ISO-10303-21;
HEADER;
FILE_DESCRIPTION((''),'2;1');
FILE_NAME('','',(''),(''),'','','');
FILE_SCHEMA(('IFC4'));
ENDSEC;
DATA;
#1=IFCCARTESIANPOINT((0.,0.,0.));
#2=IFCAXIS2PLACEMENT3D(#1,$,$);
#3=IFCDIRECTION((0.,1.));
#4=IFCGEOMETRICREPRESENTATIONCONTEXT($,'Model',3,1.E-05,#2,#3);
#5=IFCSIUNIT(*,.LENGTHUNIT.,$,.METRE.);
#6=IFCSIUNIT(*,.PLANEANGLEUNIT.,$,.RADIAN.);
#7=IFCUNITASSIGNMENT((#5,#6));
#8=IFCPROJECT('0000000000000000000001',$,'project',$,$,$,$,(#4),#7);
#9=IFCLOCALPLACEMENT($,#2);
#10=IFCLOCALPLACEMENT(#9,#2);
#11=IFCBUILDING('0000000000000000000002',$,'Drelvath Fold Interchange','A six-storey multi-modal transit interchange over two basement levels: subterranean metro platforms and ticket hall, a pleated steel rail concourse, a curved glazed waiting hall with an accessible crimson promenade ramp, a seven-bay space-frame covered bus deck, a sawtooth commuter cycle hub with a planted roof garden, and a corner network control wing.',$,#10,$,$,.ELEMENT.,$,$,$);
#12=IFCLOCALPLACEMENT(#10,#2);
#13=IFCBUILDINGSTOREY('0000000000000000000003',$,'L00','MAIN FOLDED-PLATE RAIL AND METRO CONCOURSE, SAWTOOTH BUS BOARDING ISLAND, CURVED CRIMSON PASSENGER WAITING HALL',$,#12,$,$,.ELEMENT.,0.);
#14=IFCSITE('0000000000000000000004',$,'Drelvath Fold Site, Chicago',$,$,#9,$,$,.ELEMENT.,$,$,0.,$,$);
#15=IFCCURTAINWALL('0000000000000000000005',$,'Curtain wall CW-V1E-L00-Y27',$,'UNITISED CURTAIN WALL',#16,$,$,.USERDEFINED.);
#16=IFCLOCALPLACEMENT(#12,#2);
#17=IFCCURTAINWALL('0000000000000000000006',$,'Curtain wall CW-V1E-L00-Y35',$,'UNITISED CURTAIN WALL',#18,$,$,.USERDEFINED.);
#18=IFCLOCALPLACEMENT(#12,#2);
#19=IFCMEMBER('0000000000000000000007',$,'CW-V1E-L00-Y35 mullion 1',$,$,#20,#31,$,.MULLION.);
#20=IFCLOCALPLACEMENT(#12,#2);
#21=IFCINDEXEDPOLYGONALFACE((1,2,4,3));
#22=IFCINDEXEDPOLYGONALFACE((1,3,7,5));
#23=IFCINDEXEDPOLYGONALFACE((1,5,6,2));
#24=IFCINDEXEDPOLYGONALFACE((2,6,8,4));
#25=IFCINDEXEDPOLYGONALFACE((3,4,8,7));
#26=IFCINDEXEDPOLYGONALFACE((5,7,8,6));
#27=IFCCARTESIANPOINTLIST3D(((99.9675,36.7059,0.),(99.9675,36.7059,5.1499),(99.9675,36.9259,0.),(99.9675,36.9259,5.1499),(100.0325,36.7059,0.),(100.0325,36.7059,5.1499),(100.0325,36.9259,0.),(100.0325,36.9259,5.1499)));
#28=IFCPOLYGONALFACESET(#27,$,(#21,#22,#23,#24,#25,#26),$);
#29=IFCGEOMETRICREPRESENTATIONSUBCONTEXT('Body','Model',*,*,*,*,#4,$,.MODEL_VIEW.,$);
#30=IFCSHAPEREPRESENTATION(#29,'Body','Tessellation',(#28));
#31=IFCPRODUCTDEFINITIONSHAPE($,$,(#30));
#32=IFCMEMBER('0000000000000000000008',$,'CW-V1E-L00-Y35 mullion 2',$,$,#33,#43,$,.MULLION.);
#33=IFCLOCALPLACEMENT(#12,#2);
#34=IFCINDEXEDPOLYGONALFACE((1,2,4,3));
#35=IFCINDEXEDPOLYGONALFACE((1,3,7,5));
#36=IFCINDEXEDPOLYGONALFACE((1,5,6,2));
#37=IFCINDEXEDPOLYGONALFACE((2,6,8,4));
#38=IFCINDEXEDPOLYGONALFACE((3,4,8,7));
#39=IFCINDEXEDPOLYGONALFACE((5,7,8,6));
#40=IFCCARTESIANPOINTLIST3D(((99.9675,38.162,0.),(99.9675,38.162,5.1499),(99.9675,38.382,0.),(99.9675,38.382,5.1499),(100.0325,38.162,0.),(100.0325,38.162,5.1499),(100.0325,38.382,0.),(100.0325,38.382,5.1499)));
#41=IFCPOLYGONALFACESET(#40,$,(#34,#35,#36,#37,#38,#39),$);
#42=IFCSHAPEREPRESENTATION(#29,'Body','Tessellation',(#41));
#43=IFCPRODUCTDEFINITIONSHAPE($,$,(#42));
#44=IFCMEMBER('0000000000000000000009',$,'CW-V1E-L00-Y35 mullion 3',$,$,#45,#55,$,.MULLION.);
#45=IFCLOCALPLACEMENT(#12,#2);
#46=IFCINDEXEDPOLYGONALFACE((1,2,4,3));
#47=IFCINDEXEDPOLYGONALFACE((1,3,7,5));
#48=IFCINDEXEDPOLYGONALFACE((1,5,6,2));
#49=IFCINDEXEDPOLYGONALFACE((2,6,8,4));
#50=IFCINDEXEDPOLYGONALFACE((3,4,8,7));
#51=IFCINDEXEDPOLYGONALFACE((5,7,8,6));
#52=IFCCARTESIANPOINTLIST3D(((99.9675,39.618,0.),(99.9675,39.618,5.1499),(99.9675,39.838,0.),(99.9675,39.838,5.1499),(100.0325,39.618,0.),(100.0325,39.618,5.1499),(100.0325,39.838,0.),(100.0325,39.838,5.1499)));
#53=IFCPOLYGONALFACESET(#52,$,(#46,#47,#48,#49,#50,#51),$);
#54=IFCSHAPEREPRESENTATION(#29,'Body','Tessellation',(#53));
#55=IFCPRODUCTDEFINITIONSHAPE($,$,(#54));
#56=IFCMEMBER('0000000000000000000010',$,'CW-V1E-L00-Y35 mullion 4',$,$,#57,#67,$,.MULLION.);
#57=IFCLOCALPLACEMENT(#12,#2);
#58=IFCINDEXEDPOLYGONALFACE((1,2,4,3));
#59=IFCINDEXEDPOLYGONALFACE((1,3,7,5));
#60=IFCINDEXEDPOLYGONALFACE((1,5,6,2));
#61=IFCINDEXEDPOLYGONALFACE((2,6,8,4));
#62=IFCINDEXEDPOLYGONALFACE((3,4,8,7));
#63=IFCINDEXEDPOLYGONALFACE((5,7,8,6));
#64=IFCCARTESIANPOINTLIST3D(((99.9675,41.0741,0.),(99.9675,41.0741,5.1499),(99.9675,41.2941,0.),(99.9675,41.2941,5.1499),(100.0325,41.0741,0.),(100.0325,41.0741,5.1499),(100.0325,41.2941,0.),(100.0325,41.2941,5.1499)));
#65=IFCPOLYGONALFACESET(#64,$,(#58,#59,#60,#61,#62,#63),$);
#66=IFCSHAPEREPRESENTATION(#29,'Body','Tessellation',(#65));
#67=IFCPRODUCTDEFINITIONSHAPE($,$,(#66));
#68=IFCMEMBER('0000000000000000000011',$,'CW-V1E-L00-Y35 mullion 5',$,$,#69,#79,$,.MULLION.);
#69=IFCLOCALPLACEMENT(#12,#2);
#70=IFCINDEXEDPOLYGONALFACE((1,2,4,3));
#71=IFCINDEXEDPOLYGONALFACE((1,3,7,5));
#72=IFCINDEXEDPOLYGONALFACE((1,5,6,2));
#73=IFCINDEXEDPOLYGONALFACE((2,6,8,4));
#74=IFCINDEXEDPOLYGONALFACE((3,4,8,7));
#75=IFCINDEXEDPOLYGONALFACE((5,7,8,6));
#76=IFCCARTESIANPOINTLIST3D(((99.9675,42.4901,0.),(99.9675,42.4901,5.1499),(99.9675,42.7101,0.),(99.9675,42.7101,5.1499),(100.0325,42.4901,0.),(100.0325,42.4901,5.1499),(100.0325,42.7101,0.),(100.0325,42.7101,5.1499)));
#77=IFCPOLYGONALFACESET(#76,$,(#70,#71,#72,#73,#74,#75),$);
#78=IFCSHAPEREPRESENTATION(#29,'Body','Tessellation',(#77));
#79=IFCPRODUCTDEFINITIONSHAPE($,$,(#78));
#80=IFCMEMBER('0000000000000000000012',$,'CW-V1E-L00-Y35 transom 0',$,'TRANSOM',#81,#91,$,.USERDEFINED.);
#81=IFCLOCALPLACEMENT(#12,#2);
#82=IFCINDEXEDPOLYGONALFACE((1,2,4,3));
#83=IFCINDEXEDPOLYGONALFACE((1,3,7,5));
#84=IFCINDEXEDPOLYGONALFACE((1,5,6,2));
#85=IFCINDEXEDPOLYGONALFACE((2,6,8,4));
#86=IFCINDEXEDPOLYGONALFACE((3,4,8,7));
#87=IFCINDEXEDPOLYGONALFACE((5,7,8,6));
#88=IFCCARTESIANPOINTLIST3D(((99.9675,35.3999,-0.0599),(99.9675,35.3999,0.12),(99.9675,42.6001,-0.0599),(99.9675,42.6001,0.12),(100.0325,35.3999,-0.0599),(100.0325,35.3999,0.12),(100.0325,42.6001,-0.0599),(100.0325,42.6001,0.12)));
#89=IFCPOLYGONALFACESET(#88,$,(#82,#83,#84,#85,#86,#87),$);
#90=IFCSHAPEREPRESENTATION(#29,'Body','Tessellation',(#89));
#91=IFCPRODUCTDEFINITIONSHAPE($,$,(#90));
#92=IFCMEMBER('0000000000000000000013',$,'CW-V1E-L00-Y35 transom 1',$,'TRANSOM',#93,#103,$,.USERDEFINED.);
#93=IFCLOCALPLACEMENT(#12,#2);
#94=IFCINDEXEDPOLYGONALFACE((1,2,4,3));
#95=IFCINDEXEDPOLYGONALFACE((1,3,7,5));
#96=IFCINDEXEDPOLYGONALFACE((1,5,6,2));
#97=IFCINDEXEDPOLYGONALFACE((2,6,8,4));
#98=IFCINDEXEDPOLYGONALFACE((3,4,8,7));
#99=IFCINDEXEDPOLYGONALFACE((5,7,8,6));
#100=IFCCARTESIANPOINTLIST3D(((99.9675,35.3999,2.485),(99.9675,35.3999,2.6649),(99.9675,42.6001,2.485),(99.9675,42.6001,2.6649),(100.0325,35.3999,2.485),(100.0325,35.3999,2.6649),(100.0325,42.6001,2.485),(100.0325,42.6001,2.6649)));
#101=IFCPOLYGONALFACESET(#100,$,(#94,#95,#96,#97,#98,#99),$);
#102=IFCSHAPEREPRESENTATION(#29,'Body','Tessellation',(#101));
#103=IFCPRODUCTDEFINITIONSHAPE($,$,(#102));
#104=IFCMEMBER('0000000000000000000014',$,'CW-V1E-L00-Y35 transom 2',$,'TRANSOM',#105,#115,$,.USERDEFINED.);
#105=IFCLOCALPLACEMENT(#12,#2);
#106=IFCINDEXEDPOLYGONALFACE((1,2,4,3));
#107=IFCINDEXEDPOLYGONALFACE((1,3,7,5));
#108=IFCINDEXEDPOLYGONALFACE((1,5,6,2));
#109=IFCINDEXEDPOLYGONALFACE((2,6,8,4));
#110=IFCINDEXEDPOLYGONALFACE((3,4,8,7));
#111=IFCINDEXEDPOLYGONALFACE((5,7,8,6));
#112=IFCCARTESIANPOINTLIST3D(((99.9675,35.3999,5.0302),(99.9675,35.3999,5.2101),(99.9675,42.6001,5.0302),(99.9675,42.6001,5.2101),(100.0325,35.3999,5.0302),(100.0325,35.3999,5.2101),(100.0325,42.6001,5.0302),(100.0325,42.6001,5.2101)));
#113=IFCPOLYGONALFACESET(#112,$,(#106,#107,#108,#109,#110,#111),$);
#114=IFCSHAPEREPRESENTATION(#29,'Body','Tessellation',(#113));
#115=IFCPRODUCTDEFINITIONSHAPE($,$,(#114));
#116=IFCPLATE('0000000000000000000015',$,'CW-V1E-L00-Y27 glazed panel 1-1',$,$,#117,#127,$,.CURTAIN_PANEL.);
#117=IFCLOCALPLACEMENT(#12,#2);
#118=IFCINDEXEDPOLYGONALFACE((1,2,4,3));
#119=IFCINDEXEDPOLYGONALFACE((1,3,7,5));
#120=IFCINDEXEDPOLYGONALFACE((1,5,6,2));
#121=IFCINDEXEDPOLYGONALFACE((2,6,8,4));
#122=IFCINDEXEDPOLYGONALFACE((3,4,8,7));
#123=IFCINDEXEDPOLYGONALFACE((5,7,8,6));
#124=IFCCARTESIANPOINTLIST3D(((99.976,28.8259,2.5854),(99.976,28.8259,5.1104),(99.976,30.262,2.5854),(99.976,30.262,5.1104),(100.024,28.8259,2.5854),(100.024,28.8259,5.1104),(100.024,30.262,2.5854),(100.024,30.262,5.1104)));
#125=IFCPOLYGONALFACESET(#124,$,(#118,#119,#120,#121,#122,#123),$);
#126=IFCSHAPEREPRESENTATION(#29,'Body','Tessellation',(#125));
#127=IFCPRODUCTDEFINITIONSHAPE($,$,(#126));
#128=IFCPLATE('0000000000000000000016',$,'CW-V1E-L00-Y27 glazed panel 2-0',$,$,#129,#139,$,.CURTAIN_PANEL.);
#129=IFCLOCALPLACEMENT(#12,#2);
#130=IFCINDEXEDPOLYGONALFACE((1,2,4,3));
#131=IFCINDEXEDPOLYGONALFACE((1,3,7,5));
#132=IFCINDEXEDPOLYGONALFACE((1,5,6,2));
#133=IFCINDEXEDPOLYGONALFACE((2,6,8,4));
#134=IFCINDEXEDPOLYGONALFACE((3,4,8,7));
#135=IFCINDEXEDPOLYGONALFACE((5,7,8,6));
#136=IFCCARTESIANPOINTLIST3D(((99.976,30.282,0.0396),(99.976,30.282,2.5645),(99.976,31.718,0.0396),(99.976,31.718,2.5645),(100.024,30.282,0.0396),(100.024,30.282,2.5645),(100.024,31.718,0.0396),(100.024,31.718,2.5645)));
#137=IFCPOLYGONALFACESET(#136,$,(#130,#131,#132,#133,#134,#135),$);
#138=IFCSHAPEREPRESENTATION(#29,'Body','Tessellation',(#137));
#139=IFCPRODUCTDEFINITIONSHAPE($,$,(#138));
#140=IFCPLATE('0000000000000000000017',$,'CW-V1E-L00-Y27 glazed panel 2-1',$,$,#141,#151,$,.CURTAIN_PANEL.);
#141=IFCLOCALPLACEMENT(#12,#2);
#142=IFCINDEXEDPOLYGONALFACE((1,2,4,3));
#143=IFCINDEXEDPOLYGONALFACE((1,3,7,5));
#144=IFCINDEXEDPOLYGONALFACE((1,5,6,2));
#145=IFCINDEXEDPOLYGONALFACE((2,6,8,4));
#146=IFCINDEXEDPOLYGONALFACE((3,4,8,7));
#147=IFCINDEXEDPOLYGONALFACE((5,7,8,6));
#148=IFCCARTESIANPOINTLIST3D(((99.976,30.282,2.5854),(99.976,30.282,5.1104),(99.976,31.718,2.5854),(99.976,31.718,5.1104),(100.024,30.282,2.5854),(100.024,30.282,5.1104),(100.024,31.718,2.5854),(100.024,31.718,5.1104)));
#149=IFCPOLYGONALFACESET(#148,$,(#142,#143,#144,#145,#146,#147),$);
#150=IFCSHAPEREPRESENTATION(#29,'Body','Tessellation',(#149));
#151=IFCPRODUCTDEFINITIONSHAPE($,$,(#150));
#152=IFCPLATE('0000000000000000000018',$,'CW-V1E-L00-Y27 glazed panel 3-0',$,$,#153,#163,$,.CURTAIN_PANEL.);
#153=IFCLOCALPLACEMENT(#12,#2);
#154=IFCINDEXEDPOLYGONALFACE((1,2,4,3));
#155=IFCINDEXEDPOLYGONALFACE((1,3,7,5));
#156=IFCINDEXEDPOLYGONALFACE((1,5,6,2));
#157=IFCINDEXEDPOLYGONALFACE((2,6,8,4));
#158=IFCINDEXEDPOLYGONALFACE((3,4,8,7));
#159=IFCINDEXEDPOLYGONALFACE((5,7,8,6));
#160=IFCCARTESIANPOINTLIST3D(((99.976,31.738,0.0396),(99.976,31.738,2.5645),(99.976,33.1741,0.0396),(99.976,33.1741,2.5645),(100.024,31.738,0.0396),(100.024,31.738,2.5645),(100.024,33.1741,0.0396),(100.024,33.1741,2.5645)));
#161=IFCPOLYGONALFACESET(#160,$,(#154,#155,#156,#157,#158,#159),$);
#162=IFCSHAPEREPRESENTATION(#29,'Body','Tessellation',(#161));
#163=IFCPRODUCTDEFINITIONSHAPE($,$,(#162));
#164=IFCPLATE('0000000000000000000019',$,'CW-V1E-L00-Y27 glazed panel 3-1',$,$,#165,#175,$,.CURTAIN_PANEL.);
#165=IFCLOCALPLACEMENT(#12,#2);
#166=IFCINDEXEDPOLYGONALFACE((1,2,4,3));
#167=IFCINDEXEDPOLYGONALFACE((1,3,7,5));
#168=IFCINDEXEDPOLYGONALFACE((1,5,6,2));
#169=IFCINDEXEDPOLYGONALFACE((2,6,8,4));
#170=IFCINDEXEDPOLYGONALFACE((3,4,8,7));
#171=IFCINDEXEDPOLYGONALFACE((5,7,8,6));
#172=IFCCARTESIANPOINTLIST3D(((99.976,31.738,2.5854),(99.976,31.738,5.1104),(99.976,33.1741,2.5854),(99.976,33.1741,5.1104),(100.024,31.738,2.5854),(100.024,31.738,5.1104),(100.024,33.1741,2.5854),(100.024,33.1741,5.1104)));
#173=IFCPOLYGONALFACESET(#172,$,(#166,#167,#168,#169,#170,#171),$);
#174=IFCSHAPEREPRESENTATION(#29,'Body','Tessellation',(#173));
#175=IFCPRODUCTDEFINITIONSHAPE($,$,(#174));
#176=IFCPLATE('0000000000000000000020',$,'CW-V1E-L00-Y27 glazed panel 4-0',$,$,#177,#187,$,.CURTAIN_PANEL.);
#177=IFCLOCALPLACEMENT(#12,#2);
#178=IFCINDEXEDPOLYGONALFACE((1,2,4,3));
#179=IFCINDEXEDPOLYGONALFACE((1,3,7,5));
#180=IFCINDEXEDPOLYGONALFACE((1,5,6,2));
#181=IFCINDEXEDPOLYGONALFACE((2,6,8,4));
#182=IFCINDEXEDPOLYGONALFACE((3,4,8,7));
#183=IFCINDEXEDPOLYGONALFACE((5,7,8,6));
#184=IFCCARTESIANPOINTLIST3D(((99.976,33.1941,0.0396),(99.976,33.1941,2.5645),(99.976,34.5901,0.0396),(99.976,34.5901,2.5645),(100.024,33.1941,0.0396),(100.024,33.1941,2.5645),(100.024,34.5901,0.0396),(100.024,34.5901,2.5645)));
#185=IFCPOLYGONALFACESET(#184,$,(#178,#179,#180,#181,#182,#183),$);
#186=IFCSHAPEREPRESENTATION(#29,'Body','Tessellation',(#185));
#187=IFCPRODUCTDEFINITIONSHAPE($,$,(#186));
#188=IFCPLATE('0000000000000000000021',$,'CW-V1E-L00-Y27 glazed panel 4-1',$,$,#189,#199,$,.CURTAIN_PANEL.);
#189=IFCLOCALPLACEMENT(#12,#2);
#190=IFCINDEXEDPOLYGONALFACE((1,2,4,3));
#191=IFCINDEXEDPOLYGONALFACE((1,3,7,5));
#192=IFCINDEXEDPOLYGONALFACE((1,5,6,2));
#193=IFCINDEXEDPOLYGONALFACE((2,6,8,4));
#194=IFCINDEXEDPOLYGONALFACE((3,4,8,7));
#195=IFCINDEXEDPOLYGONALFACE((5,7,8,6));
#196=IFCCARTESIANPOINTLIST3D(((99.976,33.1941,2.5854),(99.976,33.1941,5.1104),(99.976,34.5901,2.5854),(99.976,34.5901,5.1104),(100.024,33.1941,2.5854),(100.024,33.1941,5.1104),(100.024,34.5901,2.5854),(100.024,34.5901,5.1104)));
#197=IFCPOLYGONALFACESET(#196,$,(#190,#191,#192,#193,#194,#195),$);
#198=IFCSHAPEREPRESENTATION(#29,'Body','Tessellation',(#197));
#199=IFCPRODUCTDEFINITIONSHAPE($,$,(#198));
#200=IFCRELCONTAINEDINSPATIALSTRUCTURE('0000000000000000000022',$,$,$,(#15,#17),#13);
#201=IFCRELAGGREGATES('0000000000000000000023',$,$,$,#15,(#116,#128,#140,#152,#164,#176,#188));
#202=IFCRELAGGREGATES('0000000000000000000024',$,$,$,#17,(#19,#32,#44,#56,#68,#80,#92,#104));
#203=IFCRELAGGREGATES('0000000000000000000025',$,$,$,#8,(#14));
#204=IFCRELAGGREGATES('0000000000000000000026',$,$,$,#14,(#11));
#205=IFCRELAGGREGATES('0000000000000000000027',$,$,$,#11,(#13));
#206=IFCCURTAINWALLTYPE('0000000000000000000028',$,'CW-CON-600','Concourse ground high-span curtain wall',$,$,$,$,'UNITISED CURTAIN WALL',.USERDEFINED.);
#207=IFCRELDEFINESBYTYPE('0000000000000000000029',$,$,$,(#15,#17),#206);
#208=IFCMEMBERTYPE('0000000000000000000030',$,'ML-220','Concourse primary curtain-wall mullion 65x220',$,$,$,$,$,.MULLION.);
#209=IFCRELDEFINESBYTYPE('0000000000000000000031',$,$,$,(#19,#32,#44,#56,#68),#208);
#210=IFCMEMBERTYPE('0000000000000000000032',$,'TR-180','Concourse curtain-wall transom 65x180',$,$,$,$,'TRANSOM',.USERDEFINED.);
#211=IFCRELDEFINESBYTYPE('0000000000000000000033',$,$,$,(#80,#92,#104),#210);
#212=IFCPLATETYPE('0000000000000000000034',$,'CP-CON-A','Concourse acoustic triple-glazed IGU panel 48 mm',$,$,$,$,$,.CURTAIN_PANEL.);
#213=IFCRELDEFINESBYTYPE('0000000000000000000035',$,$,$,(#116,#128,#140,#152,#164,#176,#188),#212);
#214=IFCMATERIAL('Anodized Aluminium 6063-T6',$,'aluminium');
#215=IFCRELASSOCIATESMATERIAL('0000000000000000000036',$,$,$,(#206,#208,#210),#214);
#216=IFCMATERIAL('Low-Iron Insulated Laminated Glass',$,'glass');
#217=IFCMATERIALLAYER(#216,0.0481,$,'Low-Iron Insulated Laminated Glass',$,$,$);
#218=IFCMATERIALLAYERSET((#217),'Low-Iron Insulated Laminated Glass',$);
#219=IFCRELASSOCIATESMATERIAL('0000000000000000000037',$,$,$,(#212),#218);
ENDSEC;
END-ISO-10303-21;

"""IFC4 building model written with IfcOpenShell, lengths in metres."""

from ifc_helpers import new_model, si_unit, direction, frame, origin, origin_2d, place, context, subcontext, project, spatial, rectangle, extrude, material, layer, layer_set, material_profile, profile_set, type_object, element, aggregate, save


model = new_model("IFC4")

# Units and contexts
model_context = context("Model", 3, precision=1e-05, world=origin(), true_north=direction((0.0, 1.0)))
body_context = subcontext(model_context, "Body", "Model", "MODEL_VIEW")
ifc_project = project(units=[si_unit("LENGTHUNIT", "METRE"), si_unit("PLANEANGLEUNIT", "RADIAN")], contexts=[model_context])

# Site, building, storey
site_placement = place(None, origin())
site = spatial("IfcSite", under=ifc_project, at=site_placement, Name="Drelvath Fold Site, Chicago", CompositionType="ELEMENT", RefElevation=0.0)
building_placement = place(site_placement, origin())
building = spatial("IfcBuilding", under=site, at=building_placement, Name="Drelvath Fold Interchange", Description="A six-storey multi-modal transit interchange over two basement levels: subterranean metro platforms and ticket hall, a pleated steel rail concourse, a curved glazed waiting hall with an accessible crimson promenade ramp, a seven-bay space-frame covered bus deck, a sawtooth commuter cycle hub with a planted roof garden, and a corner network control wing.", CompositionType="ELEMENT")
storey_placement = place(building_placement, origin())
storey = spatial("IfcBuildingStorey", under=building, at=storey_placement, Name="L00", Description="MAIN FOLDED-PLATE RAIL AND METRO CONCOURSE, SAWTOOTH BUS BOARDING ISLAND, CURVED CRIMSON PASSENGER WAITING HALL", CompositionType="ELEMENT", Elevation=0.0)

# Curtain walls, members
ifc_material_1 = material(Name="Anodized Aluminium 6063-T6", Category="aluminium")
curtain_wall_type = type_object("IfcCurtainWallType", Name="CW-CON-600", Description="Concourse ground high-span curtain wall", ElementType="UNITISED CURTAIN WALL", PredefinedType="USERDEFINED", material=ifc_material_1)
curtain_wall_1_placement = place(storey_placement, origin())
curtain_wall_1 = element("IfcCurtainWall", 1, at=curtain_wall_1_placement, inside=storey, type_object=curtain_wall_type, Name="Curtain wall CW-V1E-L00-Y27", ObjectType="UNITISED CURTAIN WALL", PredefinedType="USERDEFINED")
ifc_material_profile_1 = material_profile(ifc_material_1, rectangle(XDim=0.0649, YDim=0.22, at=origin_2d()), Name="AL-M 65x220")
ifc_profile_set_1 = profile_set([ifc_material_profile_1], Name="Anodized Aluminium 6063-T6")
member_type_1 = type_object("IfcMemberType", Name="ML-220", Description="Concourse primary curtain-wall mullion 65x220", PredefinedType="MULLION", material=ifc_profile_set_1)
curtain_wall_2_placement = place(storey_placement, origin())
curtain_wall_2 = element("IfcCurtainWall", 2, at=curtain_wall_2_placement, inside=storey, type_object=curtain_wall_type, Name="Curtain wall CW-V1E-L00-Y35", ObjectType="UNITISED CURTAIN WALL", PredefinedType="USERDEFINED")
member_1_placement = place(storey_placement, frame((100.0, 36.8159, 0.0), z_axis=(0.0, 0.0, 1.0), x_axis=(1.0, 0.0, 0.0)))
member_1 = element("IfcMember", 3, at=member_1_placement, type_object=member_type_1, Name="CW-V1E-L00-Y35 mullion 1", PredefinedType="MULLION", context=body_context, shape_type="SweptSolid", body=[
    extrude(rectangle(XDim=0.0649, YDim=0.22, at=origin_2d()), origin(), (0.0, 0.0, 1.0), 5.1499),
])
member_2_placement = place(storey_placement, frame((100.0, 38.272, 0.0), z_axis=(0.0, 0.0, 1.0), x_axis=(1.0, 0.0, 0.0)))
member_2 = element("IfcMember", 4, at=member_2_placement, type_object=member_type_1, Name="CW-V1E-L00-Y35 mullion 2", PredefinedType="MULLION", context=body_context, shape_type="SweptSolid", body=[
    extrude(rectangle(XDim=0.0649, YDim=0.22, at=origin_2d()), origin(), (0.0, 0.0, 1.0), 5.1499),
])
member_3_placement = place(storey_placement, frame((100.0, 39.728, 0.0), z_axis=(0.0, 0.0, 1.0), x_axis=(1.0, 0.0, 0.0)))
member_3 = element("IfcMember", 5, at=member_3_placement, type_object=member_type_1, Name="CW-V1E-L00-Y35 mullion 3", PredefinedType="MULLION", context=body_context, shape_type="SweptSolid", body=[
    extrude(rectangle(XDim=0.0649, YDim=0.22, at=origin_2d()), origin(), (0.0, 0.0, 1.0), 5.1499),
])
member_4_placement = place(storey_placement, frame((100.0, 41.1841, 0.0), z_axis=(0.0, 0.0, 1.0), x_axis=(1.0, 0.0, 0.0)))
member_4 = element("IfcMember", 6, at=member_4_placement, type_object=member_type_1, Name="CW-V1E-L00-Y35 mullion 4", PredefinedType="MULLION", context=body_context, shape_type="SweptSolid", body=[
    extrude(rectangle(XDim=0.0649, YDim=0.22, at=origin_2d()), origin(), (0.0, 0.0, 1.0), 5.1499),
])
member_5_placement = place(storey_placement, frame((100.0, 42.6001, 0.0), z_axis=(0.0, 0.0, 1.0), x_axis=(1.0, 0.0, 0.0)))
member_5 = element("IfcMember", 7, at=member_5_placement, type_object=member_type_1, Name="CW-V1E-L00-Y35 mullion 5", PredefinedType="MULLION", context=body_context, shape_type="SweptSolid", body=[
    extrude(rectangle(XDim=0.0649, YDim=0.22, at=origin_2d()), origin(), (0.0, 0.0, 1.0), 5.1499),
])
ifc_material_profile_2 = material_profile(ifc_material_1, rectangle(XDim=0.0649, YDim=0.1799, at=origin_2d()), Name="AL-T 65x180")
ifc_profile_set_2 = profile_set([ifc_material_profile_2], Name="Anodized Aluminium 6063-T6")
member_type_2 = type_object("IfcMemberType", Name="TR-180", Description="Concourse curtain-wall transom 65x180", ElementType="TRANSOM", PredefinedType="USERDEFINED", material=ifc_profile_set_2)
member_6_placement = place(storey_placement, frame((100.0, 35.3999, 0.03), z_axis=(0.0, 1.0, 0.0), x_axis=(-1.0, 0.0, 0.0)))
member_6 = element("IfcMember", 8, at=member_6_placement, type_object=member_type_2, Name="CW-V1E-L00-Y35 transom 0", ObjectType="TRANSOM", PredefinedType="USERDEFINED", context=body_context, shape_type="SweptSolid", body=[
    extrude(rectangle(XDim=0.0649, YDim=0.1799, at=origin_2d()), origin(), (0.0, 0.0, 1.0), 7.2002),
])
member_7_placement = place(storey_placement, frame((100.0, 35.3999, 2.575), z_axis=(0.0, 1.0, 0.0), x_axis=(-1.0, 0.0, 0.0)))
member_7 = element("IfcMember", 9, at=member_7_placement, type_object=member_type_2, Name="CW-V1E-L00-Y35 transom 1", ObjectType="TRANSOM", PredefinedType="USERDEFINED", context=body_context, shape_type="SweptSolid", body=[
    extrude(rectangle(XDim=0.0649, YDim=0.1799, at=origin_2d()), origin(), (0.0, 0.0, 1.0), 7.2002),
])
member_8_placement = place(storey_placement, frame((100.0, 35.3999, 5.1201), z_axis=(0.0, 1.0, 0.0), x_axis=(-1.0, 0.0, 0.0)))
member_8 = element("IfcMember", 10, at=member_8_placement, type_object=member_type_2, Name="CW-V1E-L00-Y35 transom 2", ObjectType="TRANSOM", PredefinedType="USERDEFINED", context=body_context, shape_type="SweptSolid", body=[
    extrude(rectangle(XDim=0.0649, YDim=0.1799, at=origin_2d()), origin(), (0.0, 0.0, 1.0), 7.2002),
])

# Plates
ifc_material_2 = material(Name="Low-Iron Insulated Laminated Glass", Category="glass")
ifc_layer = layer(ifc_material_2, 0.0481, Name="Low-Iron Insulated Laminated Glass")
ifc_layer_set = layer_set([ifc_layer], Name="Low-Iron Insulated Laminated Glass")
plate_type = type_object("IfcPlateType", Name="CP-CON-A", Description="Concourse acoustic triple-glazed IGU panel 48 mm", PredefinedType="CURTAIN_PANEL", material=ifc_layer_set)
plate_1_placement = place(storey_placement, frame((100.0, 29.5439, 2.5854), z_axis=(0.0, 0.0, 1.0), x_axis=(0.0, 1.0, 0.0)))
plate_1 = element("IfcPlate", 11, at=plate_1_placement, type_object=plate_type, Name="CW-V1E-L00-Y27 glazed panel 1-1", PredefinedType="CURTAIN_PANEL", context=body_context, shape_type="SweptSolid", body=[
    extrude(rectangle(XDim=1.436, YDim=0.0481, at=origin_2d()), origin(), (0.0, 0.0, 1.0), 2.5249),
])
plate_2_placement = place(storey_placement, frame((100.0, 31.0, 0.0396), z_axis=(0.0, 0.0, 1.0), x_axis=(0.0, 1.0, 0.0)))
plate_2 = element("IfcPlate", 12, at=plate_2_placement, type_object=plate_type, Name="CW-V1E-L00-Y27 glazed panel 2-0", PredefinedType="CURTAIN_PANEL", context=body_context, shape_type="SweptSolid", body=[
    extrude(rectangle(XDim=1.436, YDim=0.0481, at=origin_2d()), origin(), (0.0, 0.0, 1.0), 2.5249),
])
plate_3_placement = place(storey_placement, frame((100.0, 31.0, 2.5854), z_axis=(0.0, 0.0, 1.0), x_axis=(0.0, 1.0, 0.0)))
plate_3 = element("IfcPlate", 13, at=plate_3_placement, type_object=plate_type, Name="CW-V1E-L00-Y27 glazed panel 2-1", PredefinedType="CURTAIN_PANEL", context=body_context, shape_type="SweptSolid", body=[
    extrude(rectangle(XDim=1.436, YDim=0.0481, at=origin_2d()), origin(), (0.0, 0.0, 1.0), 2.5249),
])
plate_4_placement = place(storey_placement, frame((100.0, 32.4561, 0.0396), z_axis=(0.0, 0.0, 1.0), x_axis=(0.0, 1.0, 0.0)))
plate_4 = element("IfcPlate", 14, at=plate_4_placement, type_object=plate_type, Name="CW-V1E-L00-Y27 glazed panel 3-0", PredefinedType="CURTAIN_PANEL", context=body_context, shape_type="SweptSolid", body=[
    extrude(rectangle(XDim=1.436, YDim=0.0481, at=origin_2d()), origin(), (0.0, 0.0, 1.0), 2.5249),
])
plate_5_placement = place(storey_placement, frame((100.0, 32.4561, 2.5854), z_axis=(0.0, 0.0, 1.0), x_axis=(0.0, 1.0, 0.0)))
plate_5 = element("IfcPlate", 15, at=plate_5_placement, type_object=plate_type, Name="CW-V1E-L00-Y27 glazed panel 3-1", PredefinedType="CURTAIN_PANEL", context=body_context, shape_type="SweptSolid", body=[
    extrude(rectangle(XDim=1.436, YDim=0.0481, at=origin_2d()), origin(), (0.0, 0.0, 1.0), 2.5249),
])
plate_6_placement = place(storey_placement, frame((100.0, 33.8921, 0.0396), z_axis=(0.0, 0.0, 1.0), x_axis=(0.0, 1.0, 0.0)))
plate_6 = element("IfcPlate", 16, at=plate_6_placement, type_object=plate_type, Name="CW-V1E-L00-Y27 glazed panel 4-0", PredefinedType="CURTAIN_PANEL", context=body_context, shape_type="SweptSolid", body=[
    extrude(rectangle(XDim=1.396, YDim=0.0481, at=origin_2d()), origin(), (0.0, 0.0, 1.0), 2.5249),
])
plate_7_placement = place(storey_placement, frame((100.0, 33.8921, 2.5854), z_axis=(0.0, 0.0, 1.0), x_axis=(0.0, 1.0, 0.0)))
plate_7 = element("IfcPlate", 17, at=plate_7_placement, type_object=plate_type, Name="CW-V1E-L00-Y27 glazed panel 4-1", PredefinedType="CURTAIN_PANEL", context=body_context, shape_type="SweptSolid", body=[
    extrude(rectangle(XDim=1.396, YDim=0.0481, at=origin_2d()), origin(), (0.0, 0.0, 1.0), 2.5249),
])
aggregate(curtain_wall_1, [plate_1, plate_2, plate_3, plate_4, plate_5, plate_6, plate_7])
aggregate(curtain_wall_2, [member_1, member_2, member_3, member_4, member_5, member_6, member_7, member_8])

save(model, "model.ifc")
